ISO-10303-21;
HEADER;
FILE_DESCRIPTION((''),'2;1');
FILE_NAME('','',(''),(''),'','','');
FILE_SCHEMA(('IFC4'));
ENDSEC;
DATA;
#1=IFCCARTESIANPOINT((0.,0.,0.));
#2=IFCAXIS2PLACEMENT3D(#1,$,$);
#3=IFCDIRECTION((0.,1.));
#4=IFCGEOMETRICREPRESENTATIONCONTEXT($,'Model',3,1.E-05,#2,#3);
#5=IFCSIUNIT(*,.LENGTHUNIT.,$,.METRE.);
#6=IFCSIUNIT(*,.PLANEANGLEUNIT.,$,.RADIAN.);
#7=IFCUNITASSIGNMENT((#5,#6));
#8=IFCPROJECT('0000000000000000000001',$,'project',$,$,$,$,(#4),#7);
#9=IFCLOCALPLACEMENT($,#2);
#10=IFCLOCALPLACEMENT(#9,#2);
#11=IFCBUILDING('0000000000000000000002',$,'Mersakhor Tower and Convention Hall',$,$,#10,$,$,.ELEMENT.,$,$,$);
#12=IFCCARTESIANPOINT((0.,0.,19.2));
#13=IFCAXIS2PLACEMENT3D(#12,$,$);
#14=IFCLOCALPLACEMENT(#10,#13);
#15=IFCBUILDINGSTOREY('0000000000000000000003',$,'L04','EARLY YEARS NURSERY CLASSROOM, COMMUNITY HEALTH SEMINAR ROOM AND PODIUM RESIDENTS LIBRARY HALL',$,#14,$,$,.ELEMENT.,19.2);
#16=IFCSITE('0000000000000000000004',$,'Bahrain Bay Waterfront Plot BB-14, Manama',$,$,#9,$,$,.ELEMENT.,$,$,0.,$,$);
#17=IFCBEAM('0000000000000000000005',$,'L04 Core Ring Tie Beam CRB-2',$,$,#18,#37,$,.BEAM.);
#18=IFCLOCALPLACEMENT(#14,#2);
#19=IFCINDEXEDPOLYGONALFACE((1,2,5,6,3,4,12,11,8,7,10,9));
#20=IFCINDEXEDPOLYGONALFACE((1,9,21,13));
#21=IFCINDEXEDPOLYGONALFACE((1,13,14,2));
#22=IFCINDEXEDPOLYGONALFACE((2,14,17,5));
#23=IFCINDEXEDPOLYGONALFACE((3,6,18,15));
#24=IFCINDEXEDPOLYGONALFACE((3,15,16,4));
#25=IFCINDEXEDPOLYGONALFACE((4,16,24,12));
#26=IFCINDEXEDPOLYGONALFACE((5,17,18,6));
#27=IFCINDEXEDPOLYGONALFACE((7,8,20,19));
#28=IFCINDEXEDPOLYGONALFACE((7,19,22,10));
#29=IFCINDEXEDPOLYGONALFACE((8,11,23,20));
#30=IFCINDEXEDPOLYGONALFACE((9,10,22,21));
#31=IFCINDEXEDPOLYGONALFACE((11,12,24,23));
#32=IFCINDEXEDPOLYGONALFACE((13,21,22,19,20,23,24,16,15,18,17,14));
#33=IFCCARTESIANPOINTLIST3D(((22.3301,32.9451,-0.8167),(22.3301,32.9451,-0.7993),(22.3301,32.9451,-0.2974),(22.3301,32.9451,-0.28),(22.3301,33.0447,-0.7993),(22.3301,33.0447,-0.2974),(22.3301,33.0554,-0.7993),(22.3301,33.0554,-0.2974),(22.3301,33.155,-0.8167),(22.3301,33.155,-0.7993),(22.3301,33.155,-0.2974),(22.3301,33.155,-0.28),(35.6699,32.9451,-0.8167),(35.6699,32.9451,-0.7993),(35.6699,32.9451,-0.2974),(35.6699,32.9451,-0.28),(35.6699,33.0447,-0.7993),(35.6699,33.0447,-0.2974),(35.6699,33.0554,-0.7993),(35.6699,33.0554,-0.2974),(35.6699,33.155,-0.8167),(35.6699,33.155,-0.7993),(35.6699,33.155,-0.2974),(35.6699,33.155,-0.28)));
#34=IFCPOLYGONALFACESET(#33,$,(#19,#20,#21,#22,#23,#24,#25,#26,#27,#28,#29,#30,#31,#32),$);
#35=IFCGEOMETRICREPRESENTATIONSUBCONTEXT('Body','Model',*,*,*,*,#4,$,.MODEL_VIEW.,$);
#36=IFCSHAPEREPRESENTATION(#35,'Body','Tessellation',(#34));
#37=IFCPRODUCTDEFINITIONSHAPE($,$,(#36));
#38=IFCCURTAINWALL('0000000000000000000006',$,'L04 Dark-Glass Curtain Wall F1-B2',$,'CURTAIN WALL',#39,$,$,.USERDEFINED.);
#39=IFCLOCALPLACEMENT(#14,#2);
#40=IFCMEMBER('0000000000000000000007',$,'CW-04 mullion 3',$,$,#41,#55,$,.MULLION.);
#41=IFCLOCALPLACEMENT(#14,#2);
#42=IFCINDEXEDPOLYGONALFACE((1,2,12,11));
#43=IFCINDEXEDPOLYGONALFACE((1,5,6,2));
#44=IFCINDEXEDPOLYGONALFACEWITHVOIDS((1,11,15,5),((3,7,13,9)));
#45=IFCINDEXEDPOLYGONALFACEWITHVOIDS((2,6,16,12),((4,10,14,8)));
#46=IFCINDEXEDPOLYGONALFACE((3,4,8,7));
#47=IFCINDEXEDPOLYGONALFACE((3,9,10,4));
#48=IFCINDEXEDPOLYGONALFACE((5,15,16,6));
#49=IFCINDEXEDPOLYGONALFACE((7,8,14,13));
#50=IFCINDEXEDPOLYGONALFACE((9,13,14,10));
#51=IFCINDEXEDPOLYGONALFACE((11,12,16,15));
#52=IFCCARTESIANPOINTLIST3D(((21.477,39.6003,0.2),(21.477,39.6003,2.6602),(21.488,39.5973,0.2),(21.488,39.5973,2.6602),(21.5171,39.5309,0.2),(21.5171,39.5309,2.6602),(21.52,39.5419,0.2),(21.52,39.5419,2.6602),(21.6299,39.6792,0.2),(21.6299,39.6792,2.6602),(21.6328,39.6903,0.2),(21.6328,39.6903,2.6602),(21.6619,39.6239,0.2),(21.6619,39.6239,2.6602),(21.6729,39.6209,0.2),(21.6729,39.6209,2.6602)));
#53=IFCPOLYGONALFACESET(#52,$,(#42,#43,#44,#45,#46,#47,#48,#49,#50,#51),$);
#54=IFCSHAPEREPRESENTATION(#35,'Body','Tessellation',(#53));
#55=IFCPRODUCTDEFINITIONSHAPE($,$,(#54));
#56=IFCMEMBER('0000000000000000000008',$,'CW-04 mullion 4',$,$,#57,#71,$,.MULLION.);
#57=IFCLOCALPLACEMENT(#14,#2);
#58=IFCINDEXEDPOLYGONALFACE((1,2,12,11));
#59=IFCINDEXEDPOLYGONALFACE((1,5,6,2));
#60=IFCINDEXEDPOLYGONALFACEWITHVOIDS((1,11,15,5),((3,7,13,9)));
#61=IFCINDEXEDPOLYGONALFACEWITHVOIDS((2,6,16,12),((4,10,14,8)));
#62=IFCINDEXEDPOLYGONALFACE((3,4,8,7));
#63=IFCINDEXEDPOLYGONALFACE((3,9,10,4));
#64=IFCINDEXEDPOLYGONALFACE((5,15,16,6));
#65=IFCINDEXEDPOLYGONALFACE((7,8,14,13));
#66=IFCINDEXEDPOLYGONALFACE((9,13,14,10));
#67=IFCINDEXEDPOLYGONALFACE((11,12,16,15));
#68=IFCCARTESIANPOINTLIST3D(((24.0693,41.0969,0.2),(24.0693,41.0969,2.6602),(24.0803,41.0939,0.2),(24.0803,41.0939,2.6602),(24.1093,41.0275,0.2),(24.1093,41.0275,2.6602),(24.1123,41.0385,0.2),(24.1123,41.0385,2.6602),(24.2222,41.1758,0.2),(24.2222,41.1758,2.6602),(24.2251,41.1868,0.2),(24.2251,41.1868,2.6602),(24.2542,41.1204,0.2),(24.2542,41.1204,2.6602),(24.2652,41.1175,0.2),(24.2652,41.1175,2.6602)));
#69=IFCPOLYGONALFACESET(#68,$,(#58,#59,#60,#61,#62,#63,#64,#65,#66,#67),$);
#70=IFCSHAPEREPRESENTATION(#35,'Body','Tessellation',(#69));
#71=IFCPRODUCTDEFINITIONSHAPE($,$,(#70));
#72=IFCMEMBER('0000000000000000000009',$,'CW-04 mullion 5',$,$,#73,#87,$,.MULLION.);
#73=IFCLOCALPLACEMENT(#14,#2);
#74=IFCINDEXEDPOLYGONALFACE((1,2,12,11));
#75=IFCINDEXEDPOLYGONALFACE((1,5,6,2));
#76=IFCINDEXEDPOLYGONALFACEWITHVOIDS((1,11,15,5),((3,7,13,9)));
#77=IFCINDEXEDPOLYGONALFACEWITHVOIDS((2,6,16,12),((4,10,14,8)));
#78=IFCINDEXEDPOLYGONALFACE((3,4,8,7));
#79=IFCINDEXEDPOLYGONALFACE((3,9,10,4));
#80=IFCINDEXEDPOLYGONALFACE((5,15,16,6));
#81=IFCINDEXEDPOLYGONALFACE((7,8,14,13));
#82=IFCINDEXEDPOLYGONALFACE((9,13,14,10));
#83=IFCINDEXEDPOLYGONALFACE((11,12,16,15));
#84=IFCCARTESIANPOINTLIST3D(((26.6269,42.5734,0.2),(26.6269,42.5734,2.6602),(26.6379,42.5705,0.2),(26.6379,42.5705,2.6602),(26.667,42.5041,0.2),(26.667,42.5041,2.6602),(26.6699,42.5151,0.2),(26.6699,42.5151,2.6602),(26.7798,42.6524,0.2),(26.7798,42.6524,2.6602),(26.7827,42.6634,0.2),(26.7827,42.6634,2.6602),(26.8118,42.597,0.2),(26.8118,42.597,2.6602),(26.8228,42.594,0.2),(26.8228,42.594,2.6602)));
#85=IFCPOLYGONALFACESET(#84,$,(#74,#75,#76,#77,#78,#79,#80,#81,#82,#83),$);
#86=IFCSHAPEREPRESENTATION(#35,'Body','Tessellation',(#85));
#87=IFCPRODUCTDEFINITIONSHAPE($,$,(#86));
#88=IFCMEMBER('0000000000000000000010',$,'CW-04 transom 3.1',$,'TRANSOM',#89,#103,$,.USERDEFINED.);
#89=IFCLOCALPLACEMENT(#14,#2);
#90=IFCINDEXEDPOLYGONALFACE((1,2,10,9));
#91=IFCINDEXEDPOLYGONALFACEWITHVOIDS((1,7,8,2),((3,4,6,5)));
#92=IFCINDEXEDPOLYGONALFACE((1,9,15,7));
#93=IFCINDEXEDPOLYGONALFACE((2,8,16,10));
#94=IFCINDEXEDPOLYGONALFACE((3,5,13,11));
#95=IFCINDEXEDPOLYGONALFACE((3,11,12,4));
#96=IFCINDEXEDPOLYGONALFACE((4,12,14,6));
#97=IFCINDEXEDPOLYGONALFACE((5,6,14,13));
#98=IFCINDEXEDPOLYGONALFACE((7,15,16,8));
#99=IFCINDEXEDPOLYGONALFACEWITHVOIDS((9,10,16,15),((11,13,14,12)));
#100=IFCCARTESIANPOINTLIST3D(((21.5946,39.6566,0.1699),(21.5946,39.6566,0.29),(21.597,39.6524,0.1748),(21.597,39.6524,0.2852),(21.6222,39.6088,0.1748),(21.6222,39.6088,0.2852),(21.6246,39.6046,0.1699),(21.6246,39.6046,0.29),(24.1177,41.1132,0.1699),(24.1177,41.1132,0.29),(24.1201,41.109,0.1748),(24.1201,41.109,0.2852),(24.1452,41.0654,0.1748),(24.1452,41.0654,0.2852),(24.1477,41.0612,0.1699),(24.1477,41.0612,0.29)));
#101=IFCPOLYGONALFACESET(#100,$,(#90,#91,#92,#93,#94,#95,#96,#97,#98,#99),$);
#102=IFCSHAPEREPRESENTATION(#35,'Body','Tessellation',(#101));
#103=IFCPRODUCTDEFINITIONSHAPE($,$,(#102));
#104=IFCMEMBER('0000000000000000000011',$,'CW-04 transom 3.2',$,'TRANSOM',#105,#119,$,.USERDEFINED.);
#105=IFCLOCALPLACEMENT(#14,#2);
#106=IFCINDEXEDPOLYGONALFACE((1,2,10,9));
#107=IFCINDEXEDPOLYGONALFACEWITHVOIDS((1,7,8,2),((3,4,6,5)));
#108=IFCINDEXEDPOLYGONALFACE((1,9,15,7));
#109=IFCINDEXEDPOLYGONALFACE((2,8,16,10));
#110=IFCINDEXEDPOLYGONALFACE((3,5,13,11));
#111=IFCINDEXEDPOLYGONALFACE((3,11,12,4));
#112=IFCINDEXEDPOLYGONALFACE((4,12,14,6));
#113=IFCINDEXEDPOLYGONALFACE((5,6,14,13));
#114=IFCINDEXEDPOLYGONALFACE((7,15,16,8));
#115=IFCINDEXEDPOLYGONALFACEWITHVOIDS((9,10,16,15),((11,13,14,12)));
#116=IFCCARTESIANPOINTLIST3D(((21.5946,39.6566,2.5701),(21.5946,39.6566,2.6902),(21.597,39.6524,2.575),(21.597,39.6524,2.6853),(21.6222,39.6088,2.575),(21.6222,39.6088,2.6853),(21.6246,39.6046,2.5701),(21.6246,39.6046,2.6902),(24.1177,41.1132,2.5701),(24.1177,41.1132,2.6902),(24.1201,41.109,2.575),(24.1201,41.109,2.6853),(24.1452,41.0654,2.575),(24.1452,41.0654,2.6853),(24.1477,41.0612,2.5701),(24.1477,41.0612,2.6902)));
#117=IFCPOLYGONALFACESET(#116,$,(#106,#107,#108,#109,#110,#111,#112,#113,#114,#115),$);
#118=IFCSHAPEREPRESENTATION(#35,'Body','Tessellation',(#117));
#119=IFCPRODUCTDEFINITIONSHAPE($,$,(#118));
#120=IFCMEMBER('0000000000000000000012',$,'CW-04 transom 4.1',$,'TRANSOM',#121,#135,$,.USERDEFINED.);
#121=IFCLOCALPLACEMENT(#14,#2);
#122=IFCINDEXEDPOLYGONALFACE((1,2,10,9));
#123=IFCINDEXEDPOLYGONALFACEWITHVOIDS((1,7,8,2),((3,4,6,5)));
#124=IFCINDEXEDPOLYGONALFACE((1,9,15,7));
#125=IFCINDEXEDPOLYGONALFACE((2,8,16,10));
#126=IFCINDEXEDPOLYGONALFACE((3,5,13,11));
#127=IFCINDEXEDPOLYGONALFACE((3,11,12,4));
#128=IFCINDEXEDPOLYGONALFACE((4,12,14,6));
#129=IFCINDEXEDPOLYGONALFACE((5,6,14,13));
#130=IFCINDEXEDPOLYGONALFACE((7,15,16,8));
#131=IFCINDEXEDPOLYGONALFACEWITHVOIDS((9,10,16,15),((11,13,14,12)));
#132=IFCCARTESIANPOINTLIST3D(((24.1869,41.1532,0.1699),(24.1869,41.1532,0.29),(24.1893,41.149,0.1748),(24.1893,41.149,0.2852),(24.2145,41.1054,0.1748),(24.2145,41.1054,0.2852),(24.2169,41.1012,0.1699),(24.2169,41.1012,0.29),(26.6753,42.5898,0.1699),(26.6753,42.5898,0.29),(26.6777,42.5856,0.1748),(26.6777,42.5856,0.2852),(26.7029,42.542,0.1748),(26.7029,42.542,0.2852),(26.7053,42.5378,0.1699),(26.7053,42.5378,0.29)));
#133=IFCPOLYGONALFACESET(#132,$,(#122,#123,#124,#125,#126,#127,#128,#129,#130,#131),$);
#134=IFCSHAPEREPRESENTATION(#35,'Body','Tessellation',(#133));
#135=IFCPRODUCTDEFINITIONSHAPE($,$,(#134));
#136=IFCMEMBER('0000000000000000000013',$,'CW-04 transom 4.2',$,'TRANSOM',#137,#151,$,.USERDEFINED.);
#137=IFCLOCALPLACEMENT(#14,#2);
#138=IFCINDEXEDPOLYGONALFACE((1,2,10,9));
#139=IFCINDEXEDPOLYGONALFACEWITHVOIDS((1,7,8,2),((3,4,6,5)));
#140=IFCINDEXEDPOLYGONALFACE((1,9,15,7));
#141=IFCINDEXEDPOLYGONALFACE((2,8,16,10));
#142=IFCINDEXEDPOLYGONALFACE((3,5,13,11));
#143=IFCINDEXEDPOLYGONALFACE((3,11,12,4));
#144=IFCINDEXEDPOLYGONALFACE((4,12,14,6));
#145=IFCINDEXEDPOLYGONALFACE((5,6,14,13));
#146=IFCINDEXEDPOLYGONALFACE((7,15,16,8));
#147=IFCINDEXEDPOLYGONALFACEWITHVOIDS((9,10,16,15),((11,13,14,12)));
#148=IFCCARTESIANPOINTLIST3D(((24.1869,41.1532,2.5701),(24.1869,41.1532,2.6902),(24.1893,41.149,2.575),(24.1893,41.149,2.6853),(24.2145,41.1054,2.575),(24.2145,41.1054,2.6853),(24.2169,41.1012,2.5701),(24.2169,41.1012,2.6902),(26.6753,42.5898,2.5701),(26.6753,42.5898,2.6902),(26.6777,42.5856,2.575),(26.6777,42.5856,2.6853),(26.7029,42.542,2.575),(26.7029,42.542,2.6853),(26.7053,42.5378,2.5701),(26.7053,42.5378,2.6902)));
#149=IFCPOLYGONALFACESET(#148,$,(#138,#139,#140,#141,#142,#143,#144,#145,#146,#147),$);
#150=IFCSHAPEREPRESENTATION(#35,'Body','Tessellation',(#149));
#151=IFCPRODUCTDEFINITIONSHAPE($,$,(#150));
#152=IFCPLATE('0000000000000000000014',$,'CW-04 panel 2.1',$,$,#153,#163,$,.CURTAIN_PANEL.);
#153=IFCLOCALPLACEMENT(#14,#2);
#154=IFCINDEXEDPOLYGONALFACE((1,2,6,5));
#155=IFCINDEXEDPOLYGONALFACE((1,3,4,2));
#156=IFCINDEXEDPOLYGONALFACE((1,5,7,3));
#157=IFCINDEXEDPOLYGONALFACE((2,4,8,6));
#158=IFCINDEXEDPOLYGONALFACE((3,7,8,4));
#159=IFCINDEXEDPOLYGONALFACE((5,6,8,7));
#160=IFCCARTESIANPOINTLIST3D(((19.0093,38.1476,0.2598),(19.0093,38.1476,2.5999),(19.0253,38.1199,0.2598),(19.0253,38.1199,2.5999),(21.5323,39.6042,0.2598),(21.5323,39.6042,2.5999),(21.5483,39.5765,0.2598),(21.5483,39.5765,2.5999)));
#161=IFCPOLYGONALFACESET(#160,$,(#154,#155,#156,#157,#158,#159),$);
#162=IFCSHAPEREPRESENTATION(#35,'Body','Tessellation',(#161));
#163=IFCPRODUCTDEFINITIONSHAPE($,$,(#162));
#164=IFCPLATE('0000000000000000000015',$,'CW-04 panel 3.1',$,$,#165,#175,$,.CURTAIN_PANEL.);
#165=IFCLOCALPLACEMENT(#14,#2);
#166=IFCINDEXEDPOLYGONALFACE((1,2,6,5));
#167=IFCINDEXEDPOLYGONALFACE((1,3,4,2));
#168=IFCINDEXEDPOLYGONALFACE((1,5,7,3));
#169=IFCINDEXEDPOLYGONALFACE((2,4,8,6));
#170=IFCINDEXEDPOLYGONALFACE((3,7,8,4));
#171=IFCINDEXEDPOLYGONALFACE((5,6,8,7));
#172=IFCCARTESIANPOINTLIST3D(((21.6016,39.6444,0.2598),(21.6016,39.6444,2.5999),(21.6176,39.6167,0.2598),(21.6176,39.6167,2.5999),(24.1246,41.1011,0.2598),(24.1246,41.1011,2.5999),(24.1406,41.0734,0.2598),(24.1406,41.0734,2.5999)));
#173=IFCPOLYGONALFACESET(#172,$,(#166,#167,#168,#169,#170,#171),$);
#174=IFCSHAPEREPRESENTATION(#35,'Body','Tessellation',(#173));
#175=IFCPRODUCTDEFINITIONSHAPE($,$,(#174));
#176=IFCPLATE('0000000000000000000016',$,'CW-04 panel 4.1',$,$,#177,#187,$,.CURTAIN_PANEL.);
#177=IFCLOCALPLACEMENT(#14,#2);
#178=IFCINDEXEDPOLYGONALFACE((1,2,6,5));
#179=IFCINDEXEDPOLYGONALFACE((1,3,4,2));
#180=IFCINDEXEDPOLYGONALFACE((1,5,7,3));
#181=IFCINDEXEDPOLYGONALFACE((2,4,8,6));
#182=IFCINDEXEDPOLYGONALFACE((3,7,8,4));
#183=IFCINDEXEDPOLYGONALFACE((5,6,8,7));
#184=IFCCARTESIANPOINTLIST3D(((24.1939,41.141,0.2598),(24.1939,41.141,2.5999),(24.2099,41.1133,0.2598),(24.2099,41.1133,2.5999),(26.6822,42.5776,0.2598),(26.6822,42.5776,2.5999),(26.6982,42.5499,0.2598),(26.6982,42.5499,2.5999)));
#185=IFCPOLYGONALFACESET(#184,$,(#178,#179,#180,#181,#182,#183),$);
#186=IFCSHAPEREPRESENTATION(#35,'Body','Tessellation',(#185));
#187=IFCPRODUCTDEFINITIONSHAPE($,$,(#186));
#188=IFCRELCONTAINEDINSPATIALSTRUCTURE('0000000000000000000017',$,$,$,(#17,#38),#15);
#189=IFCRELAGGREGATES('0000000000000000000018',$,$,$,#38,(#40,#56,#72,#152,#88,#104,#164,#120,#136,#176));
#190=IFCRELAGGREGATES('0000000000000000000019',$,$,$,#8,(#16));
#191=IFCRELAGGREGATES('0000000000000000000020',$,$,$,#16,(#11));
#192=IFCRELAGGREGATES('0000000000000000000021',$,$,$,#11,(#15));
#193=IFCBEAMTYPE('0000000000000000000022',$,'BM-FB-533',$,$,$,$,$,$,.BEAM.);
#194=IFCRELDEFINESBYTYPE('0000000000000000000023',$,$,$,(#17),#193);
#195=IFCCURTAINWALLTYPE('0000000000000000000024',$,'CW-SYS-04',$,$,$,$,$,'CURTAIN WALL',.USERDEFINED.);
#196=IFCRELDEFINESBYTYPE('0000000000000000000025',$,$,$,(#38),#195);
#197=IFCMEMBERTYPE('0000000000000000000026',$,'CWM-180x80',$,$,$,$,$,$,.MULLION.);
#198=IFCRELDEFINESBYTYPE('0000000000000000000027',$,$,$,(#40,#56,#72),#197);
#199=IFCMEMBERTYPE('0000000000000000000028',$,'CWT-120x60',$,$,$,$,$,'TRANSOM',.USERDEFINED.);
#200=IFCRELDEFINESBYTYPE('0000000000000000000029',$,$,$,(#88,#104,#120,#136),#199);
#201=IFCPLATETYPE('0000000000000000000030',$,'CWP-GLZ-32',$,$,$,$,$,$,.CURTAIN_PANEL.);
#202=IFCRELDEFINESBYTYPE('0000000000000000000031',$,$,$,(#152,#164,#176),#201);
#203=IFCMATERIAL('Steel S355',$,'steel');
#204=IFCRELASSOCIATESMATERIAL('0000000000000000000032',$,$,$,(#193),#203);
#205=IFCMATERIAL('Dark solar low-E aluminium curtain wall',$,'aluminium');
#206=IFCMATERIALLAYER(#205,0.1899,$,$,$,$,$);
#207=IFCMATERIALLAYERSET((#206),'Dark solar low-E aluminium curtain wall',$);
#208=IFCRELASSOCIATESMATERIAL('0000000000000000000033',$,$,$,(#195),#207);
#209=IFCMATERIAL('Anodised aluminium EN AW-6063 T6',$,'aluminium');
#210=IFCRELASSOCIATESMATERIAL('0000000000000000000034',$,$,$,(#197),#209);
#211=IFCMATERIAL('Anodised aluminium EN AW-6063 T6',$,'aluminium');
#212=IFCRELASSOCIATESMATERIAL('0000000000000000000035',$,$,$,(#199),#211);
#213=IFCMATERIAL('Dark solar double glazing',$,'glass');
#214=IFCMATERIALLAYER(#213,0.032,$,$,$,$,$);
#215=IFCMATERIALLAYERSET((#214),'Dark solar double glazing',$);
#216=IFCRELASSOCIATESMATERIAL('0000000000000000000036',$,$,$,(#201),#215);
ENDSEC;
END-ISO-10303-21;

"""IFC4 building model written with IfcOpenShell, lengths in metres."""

from ifc_helpers import new_model, si_unit, direction, frame, origin, origin_2d, place, context, subcontext, project, spatial, rectangle, hollow_rectangle, i_section, extrude, material, layer, layer_set, material_profile, profile_set, type_object, element, aggregate, save


model = new_model("IFC4")

# Units and contexts
model_context = context("Model", 3, precision=1e-05, world=origin(), true_north=direction((0.0, 1.0)))
body_context = subcontext(model_context, "Body", "Model", "MODEL_VIEW")
ifc_project = project(units=[si_unit("LENGTHUNIT", "METRE"), si_unit("PLANEANGLEUNIT", "RADIAN")], contexts=[model_context])

# Site, building, storey
site_placement = place(None, origin())
site = spatial("IfcSite", under=ifc_project, at=site_placement, Name="Bahrain Bay Waterfront Plot BB-14, Manama", CompositionType="ELEMENT", RefElevation=0.0)
building_placement = place(site_placement, origin())
building = spatial("IfcBuilding", under=site, at=building_placement, Name="Mersakhor Tower and Convention Hall", CompositionType="ELEMENT")
storey_placement = place(building_placement, frame((0.0, 0.0, 19.2)))
storey = spatial("IfcBuildingStorey", under=building, at=storey_placement, Name="L04", Description="EARLY YEARS NURSERY CLASSROOM, COMMUNITY HEALTH SEMINAR ROOM AND PODIUM RESIDENTS LIBRARY HALL", CompositionType="ELEMENT", Elevation=19.2)

# Beam
ifc_material_1 = material(Name="Steel S355", Category="steel")
ifc_material_profile_1 = material_profile(ifc_material_1, i_section(OverallWidth=0.21, OverallDepth=0.5366, WebThickness=0.0107, FlangeThickness=0.0173, at=origin_2d()), Name="UB 533x210x101")
ifc_profile_set_1 = profile_set([ifc_material_profile_1], Name="Steel S355")
beam_type = type_object("IfcBeamType", Name="BM-FB-533", PredefinedType="BEAM", material=ifc_profile_set_1)
beam_placement = place(storey_placement, frame((22.3301, 33.05, -0.5483), z_axis=(1.0, 0.0, 0.0), x_axis=(0.0, 1.0, 0.0)))
element("IfcBeam", 1, at=beam_placement, inside=storey, type_object=beam_type, Name="L04 Core Ring Tie Beam CRB-2", PredefinedType="BEAM", context=body_context, shape_type="SweptSolid", body=[
    extrude(i_section(OverallWidth=0.21, OverallDepth=0.5366, WebThickness=0.0107, FlangeThickness=0.0173, at=origin_2d()), origin(), (0.0, 0.0, 1.0), 13.3398),
])

# Curtain wall, members, plates
ifc_material_2 = material(Name="Dark solar low-E aluminium curtain wall", Category="aluminium")
ifc_layer_1 = layer(ifc_material_2, 0.1899)
ifc_layer_set_1 = layer_set([ifc_layer_1], Name="Dark solar low-E aluminium curtain wall")
curtain_wall_type = type_object("IfcCurtainWallType", Name="CW-SYS-04", ElementType="CURTAIN WALL", PredefinedType="USERDEFINED", material=ifc_layer_set_1)
curtain_wall_placement = place(storey_placement, origin())
curtain_wall = element("IfcCurtainWall", 2, at=curtain_wall_placement, inside=storey, type_object=curtain_wall_type, Name="L04 Dark-Glass Curtain Wall F1-B2", ObjectType="CURTAIN WALL", PredefinedType="USERDEFINED")
ifc_material_3 = material(Name="Anodised aluminium EN AW-6063 T6", Category="aluminium")
ifc_material_profile_2 = material_profile(ifc_material_3, hollow_rectangle(XDim=0.0801, YDim=0.1799, WallThickness=0.0081, at=origin_2d()), Name="RHS 180x80x8")
ifc_profile_set_2 = profile_set([ifc_material_profile_2], Name="Anodised aluminium EN AW-6063 T6")
member_type_1 = type_object("IfcMemberType", Name="CWM-180x80", PredefinedType="MULLION", material=ifc_profile_set_2)
member_1_placement = place(storey_placement, frame((21.575, 39.6106, 0.2), z_axis=(0.0, 0.0, 1.0), x_axis=(-0.500003, 0.866023, 0.0)))
member_1 = element("IfcMember", 3, at=member_1_placement, type_object=member_type_1, Name="CW-04 mullion 3", PredefinedType="MULLION", context=body_context, shape_type="SweptSolid", body=[
    extrude(hollow_rectangle(XDim=0.0801, YDim=0.1799, WallThickness=0.0081, at=origin_2d()), origin(), (0.0, 0.0, 1.0), 2.4602),
])
member_2_placement = place(storey_placement, frame((24.1672, 41.1072, 0.2), z_axis=(0.0, 0.0, 1.0), x_axis=(-0.500003, 0.866023, 0.0)))
member_2 = element("IfcMember", 4, at=member_2_placement, type_object=member_type_1, Name="CW-04 mullion 4", PredefinedType="MULLION", context=body_context, shape_type="SweptSolid", body=[
    extrude(hollow_rectangle(XDim=0.0801, YDim=0.1799, WallThickness=0.0081, at=origin_2d()), origin(), (0.0, 0.0, 1.0), 2.4602),
])
member_3_placement = place(storey_placement, frame((26.7249, 42.5837, 0.2), z_axis=(0.0, 0.0, 1.0), x_axis=(-0.500003, 0.866023, 0.0)))
member_3 = element("IfcMember", 5, at=member_3_placement, type_object=member_type_1, Name="CW-04 mullion 5", PredefinedType="MULLION", context=body_context, shape_type="SweptSolid", body=[
    extrude(hollow_rectangle(XDim=0.0801, YDim=0.1799, WallThickness=0.0081, at=origin_2d()), origin(), (0.0, 0.0, 1.0), 2.4602),
])
ifc_material_4 = material(Name="Anodised aluminium EN AW-6063 T6", Category="aluminium")
ifc_material_profile_3 = material_profile(ifc_material_4, hollow_rectangle(XDim=0.0601, YDim=0.1201, WallThickness=0.0049, at=origin_2d()), Name="RHS 120x60x5")
ifc_profile_set_3 = profile_set([ifc_material_profile_3], Name="Anodised aluminium EN AW-6063 T6")
member_type_2 = type_object("IfcMemberType", Name="CWT-120x60", ElementType="TRANSOM", PredefinedType="USERDEFINED", material=ifc_profile_set_3)
member_4_placement = place(storey_placement, frame((21.6096, 39.6306, 0.23), z_axis=(0.866038, 0.499979, 0.0), x_axis=(-0.499979, 0.866038, 0.0)))
member_4 = element("IfcMember", 6, at=member_4_placement, type_object=member_type_2, Name="CW-04 transom 3.1", ObjectType="TRANSOM", PredefinedType="USERDEFINED", context=body_context, shape_type="SweptSolid", body=[
    extrude(hollow_rectangle(XDim=0.0601, YDim=0.1201, WallThickness=0.0049, at=origin_2d()), origin(), (0.0, 0.0, 1.0), 2.9133),
])
member_5_placement = place(storey_placement, frame((21.6096, 39.6306, 2.6301), z_axis=(0.866038, 0.499979, 0.0), x_axis=(-0.499979, 0.866038, 0.0)))
member_5 = element("IfcMember", 7, at=member_5_placement, type_object=member_type_2, Name="CW-04 transom 3.2", ObjectType="TRANSOM", PredefinedType="USERDEFINED", context=body_context, shape_type="SweptSolid", body=[
    extrude(hollow_rectangle(XDim=0.0601, YDim=0.1201, WallThickness=0.0049, at=origin_2d()), origin(), (0.0, 0.0, 1.0), 2.9133),
])
member_6_placement = place(storey_placement, frame((24.2019, 41.1272, 0.23), z_axis=(0.866038, 0.499977, 0.0), x_axis=(-0.499977, 0.866038, 0.0)))
member_6 = element("IfcMember", 8, at=member_6_placement, type_object=member_type_2, Name="CW-04 transom 4.1", ObjectType="TRANSOM", PredefinedType="USERDEFINED", context=body_context, shape_type="SweptSolid", body=[
    extrude(hollow_rectangle(XDim=0.0601, YDim=0.1201, WallThickness=0.0049, at=origin_2d()), origin(), (0.0, 0.0, 1.0), 2.8733),
])
member_7_placement = place(storey_placement, frame((24.2019, 41.1272, 2.6301), z_axis=(0.866038, 0.499977, 0.0), x_axis=(-0.499977, 0.866038, 0.0)))
member_7 = element("IfcMember", 9, at=member_7_placement, type_object=member_type_2, Name="CW-04 transom 4.2", ObjectType="TRANSOM", PredefinedType="USERDEFINED", context=body_context, shape_type="SweptSolid", body=[
    extrude(hollow_rectangle(XDim=0.0601, YDim=0.1201, WallThickness=0.0049, at=origin_2d()), origin(), (0.0, 0.0, 1.0), 2.8733),
])
ifc_material_5 = material(Name="Dark solar double glazing", Category="glass")
ifc_layer_2 = layer(ifc_material_5, 0.032)
ifc_layer_set_2 = layer_set([ifc_layer_2], Name="Dark solar double glazing")
plate_type_1 = type_object("IfcPlateType", Name="CWP-GLZ-32", PredefinedType="CURTAIN_PANEL", material=ifc_layer_set_2)
plate_1_placement = place(storey_placement, frame((20.2788, 38.8621, 0.2598), z_axis=(0.0, 0.0, 1.0), x_axis=(0.866023, 0.500003, 0.0)))
plate_1 = element("IfcPlate", 10, at=plate_1_placement, type_object=plate_type_1, Name="CW-04 panel 2.1", PredefinedType="CURTAIN_PANEL", context=body_context, shape_type="SweptSolid", body=[
    extrude(rectangle(XDim=2.9133, YDim=0.032, at=origin_2d()), origin(), (0.0, 0.0, 1.0), 2.3401),
])
plate_2_placement = place(storey_placement, frame((22.8711, 40.3589, 0.2598), z_axis=(0.0, 0.0, 1.0), x_axis=(0.866023, 0.500003, 0.0)))
plate_2 = element("IfcPlate", 11, at=plate_2_placement, type_object=plate_type_1, Name="CW-04 panel 3.1", PredefinedType="CURTAIN_PANEL", context=body_context, shape_type="SweptSolid", body=[
    extrude(rectangle(XDim=2.9133, YDim=0.032, at=origin_2d()), origin(), (0.0, 0.0, 1.0), 2.3401),
])
plate_3_placement = place(storey_placement, frame((25.446, 41.8455, 0.2598), z_axis=(0.0, 0.0, 1.0), x_axis=(0.866023, 0.500003, 0.0)))
plate_3 = element("IfcPlate", 12, at=plate_3_placement, type_object=plate_type_1, Name="CW-04 panel 4.1", PredefinedType="CURTAIN_PANEL", context=body_context, shape_type="SweptSolid", body=[
    extrude(rectangle(XDim=2.8733, YDim=0.032, at=origin_2d()), origin(), (0.0, 0.0, 1.0), 2.3401),
])
aggregate(curtain_wall, [member_1, member_2, member_3, plate_1, member_4, member_5, plate_2, member_6, member_7, plate_3])

save(model, "model.ifc")
